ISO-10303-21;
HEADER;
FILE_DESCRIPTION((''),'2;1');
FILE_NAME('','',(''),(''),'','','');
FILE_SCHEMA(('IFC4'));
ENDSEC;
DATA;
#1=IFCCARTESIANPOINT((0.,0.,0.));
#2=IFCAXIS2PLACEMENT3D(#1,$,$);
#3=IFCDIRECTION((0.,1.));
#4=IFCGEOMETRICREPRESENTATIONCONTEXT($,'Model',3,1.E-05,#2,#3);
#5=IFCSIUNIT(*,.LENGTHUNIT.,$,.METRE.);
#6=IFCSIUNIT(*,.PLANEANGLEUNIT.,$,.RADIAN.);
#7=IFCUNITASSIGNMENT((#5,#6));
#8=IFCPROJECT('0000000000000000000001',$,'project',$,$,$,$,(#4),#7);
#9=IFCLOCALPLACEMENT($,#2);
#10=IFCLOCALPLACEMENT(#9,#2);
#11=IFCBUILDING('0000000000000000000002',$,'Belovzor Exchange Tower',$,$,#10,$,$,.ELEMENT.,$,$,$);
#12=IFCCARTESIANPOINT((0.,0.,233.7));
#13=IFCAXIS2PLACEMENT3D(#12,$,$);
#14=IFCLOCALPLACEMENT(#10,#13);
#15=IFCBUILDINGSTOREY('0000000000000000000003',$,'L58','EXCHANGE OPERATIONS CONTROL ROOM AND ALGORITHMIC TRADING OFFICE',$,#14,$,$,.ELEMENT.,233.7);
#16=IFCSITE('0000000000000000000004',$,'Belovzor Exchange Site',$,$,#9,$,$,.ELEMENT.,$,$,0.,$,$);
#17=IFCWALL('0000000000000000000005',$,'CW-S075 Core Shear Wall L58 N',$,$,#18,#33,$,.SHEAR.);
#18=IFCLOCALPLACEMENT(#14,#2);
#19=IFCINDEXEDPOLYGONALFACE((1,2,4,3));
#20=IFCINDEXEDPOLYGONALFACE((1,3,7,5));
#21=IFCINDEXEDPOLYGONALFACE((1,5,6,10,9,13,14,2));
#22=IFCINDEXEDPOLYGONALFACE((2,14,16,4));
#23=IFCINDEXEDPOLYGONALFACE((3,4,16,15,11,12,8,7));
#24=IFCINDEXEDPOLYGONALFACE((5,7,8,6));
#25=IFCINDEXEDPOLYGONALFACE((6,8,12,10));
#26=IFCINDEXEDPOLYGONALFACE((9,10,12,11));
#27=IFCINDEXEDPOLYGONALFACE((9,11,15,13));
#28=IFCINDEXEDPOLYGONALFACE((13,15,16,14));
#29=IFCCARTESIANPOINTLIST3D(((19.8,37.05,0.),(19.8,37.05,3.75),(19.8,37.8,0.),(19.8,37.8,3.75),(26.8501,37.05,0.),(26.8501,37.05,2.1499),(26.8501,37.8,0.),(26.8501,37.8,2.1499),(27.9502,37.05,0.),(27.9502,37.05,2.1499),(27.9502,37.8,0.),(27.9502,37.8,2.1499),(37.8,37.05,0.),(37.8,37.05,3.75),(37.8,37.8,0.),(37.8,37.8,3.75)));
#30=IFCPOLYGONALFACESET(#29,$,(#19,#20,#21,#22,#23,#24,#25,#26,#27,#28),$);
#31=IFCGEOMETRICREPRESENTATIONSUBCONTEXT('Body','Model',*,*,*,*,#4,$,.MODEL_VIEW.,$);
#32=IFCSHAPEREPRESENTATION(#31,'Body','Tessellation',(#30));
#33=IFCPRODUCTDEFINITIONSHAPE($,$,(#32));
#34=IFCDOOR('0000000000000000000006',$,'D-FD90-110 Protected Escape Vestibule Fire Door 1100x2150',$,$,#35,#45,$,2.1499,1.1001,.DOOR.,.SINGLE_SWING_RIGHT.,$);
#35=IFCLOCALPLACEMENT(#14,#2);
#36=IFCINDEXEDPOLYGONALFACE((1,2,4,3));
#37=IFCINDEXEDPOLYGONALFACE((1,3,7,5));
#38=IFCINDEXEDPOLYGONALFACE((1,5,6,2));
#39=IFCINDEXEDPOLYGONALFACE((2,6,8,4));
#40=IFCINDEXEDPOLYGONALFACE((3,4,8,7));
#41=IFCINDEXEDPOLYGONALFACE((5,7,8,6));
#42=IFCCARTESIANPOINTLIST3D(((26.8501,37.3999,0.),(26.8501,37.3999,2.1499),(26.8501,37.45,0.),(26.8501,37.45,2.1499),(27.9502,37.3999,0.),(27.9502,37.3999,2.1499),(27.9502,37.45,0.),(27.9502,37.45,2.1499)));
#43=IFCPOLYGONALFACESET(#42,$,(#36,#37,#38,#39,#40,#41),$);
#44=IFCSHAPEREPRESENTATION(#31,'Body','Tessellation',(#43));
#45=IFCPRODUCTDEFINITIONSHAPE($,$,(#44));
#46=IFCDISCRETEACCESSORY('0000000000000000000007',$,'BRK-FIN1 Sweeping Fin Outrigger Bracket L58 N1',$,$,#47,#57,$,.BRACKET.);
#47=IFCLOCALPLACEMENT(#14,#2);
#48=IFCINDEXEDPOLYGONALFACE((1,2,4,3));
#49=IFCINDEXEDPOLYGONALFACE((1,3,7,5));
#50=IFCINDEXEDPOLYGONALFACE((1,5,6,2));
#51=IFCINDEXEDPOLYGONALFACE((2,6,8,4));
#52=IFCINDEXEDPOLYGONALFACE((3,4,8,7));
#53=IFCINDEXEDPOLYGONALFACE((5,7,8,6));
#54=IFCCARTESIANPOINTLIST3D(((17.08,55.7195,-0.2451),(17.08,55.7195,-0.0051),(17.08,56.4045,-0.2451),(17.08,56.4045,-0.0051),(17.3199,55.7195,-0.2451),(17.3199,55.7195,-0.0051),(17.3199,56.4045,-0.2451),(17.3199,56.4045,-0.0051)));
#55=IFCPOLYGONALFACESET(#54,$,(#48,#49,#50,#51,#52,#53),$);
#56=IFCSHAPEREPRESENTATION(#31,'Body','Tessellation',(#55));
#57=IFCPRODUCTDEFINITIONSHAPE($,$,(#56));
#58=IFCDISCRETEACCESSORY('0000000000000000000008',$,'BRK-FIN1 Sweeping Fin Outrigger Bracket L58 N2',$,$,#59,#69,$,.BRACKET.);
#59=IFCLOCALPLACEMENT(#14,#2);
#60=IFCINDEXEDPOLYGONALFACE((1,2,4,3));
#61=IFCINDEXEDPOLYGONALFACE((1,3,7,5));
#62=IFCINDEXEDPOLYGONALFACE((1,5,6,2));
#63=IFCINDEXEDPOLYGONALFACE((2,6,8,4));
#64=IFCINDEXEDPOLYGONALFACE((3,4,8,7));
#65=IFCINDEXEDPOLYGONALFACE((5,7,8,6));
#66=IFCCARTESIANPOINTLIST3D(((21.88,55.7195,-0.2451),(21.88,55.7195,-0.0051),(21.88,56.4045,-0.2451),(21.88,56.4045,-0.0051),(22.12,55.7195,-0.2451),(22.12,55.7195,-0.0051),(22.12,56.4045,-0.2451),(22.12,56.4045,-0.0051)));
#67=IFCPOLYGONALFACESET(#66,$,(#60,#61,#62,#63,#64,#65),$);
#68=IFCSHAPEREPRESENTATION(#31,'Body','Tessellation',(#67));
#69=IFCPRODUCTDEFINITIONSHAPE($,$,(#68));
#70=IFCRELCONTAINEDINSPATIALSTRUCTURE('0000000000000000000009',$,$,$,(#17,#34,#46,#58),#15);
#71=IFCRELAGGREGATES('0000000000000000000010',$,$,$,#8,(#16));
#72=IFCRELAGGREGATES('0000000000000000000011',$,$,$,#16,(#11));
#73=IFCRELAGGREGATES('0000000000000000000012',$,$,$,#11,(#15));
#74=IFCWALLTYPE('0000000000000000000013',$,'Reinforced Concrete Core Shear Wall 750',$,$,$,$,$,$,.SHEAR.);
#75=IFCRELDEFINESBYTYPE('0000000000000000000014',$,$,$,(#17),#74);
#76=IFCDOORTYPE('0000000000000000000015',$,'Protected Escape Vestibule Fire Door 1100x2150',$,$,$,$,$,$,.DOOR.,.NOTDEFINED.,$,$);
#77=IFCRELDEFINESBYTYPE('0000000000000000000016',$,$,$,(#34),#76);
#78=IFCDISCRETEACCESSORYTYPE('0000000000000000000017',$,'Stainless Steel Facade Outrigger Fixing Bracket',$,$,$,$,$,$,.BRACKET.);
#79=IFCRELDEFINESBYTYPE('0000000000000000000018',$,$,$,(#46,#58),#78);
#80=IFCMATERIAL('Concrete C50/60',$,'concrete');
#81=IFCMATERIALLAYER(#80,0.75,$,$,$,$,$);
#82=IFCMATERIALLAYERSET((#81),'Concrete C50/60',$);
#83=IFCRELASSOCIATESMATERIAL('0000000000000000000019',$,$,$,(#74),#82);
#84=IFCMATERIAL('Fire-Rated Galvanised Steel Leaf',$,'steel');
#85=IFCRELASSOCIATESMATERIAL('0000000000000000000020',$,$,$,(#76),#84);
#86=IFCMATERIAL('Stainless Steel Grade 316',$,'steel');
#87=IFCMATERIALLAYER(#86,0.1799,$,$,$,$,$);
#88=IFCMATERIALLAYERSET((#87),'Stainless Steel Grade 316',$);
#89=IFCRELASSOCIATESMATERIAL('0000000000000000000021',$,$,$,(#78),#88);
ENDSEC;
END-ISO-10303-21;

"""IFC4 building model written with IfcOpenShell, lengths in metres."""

from ifc_helpers import new_model, si_unit, direction, frame, frame_2d, origin, origin_2d, place, context, subcontext, project, spatial, rectangle, extrude, material, layer, layer_set, type_object, element, fill, save


model = new_model("IFC4")

# Units and contexts
model_context = context("Model", 3, precision=1e-05, world=origin(), true_north=direction((0.0, 1.0)))
body_context = subcontext(model_context, "Body", "Model", "MODEL_VIEW")
ifc_project = project(units=[si_unit("LENGTHUNIT", "METRE"), si_unit("PLANEANGLEUNIT", "RADIAN")], contexts=[model_context])

# Site, building, storey
site_placement = place(None, origin())
site = spatial("IfcSite", under=ifc_project, at=site_placement, Name="Belovzor Exchange Site", CompositionType="ELEMENT", RefElevation=0.0)
building_placement = place(site_placement, origin())
building = spatial("IfcBuilding", under=site, at=building_placement, Name="Belovzor Exchange Tower", CompositionType="ELEMENT")
storey_placement = place(building_placement, frame((0.0, 0.0, 233.7)))
storey = spatial("IfcBuildingStorey", under=building, at=storey_placement, Name="L58", Description="EXCHANGE OPERATIONS CONTROL ROOM AND ALGORITHMIC TRADING OFFICE", CompositionType="ELEMENT", Elevation=233.7)

# Wall, opening, door
ifc_material_1 = material(Name="Concrete C50/60", Category="concrete")
ifc_layer_1 = layer(ifc_material_1, 0.75)
ifc_layer_set_1 = layer_set([ifc_layer_1], Name="Concrete C50/60")
wall_type_1 = type_object("IfcWallType", Name="Reinforced Concrete Core Shear Wall 750", PredefinedType="SHEAR", material=ifc_layer_set_1)
wall_1_placement = place(storey_placement, frame((19.8, 37.425, 0.0), z_axis=(0.0, 0.0, 1.0), x_axis=(1.0, 0.0, 0.0)))
wall_1 = element("IfcWall", 1, at=wall_1_placement, inside=storey, type_object=wall_type_1, Name="CW-S075 Core Shear Wall L58 N", PredefinedType="SHEAR", context=body_context, shape_type="SweptSolid", body=[
    extrude(rectangle(XDim=18.0, YDim=0.75, at=frame_2d((9.0, 0.0))), origin(), (0.0, 0.0, 1.0), 3.75),
])
opening_1_placement = place(wall_1_placement, frame((7.05, 0.0, 0.0)))
opening_1 = element("IfcOpeningElement", 2, at=opening_1_placement, cuts=wall_1, PredefinedType="OPENING", context=body_context, shape_type="SweptSolid", body=[
    extrude(rectangle(XDim=1.1001, YDim=2.1499, at=frame_2d((0.55, 1.075))), frame((0.0, 0.385, 0.0), z_axis=(0.0, -1.0, 0.0), x_axis=(1.0, 0.0, 0.0)), (0.0, 0.0, 1.0), 0.77),
])
ifc_material_2 = material(Name="Fire-Rated Galvanised Steel Leaf", Category="steel")
door_type_1 = type_object("IfcDoorType", Name="Protected Escape Vestibule Fire Door 1100x2150", OperationType="NOTDEFINED", PredefinedType="DOOR", material=ifc_material_2)
door_1_placement = place(opening_1_placement, origin())
door_1 = element("IfcDoor", 3, at=door_1_placement, inside=storey, type_object=door_type_1, Name="D-FD90-110 Protected Escape Vestibule Fire Door 1100x2150", OperationType="SINGLE_SWING_RIGHT", OverallHeight=2.1499, OverallWidth=1.1001, PredefinedType="DOOR", context=body_context, shape_type="SweptSolid", body=[
    extrude(rectangle(XDim=1.1001, YDim=2.1499, at=frame_2d((0.55, 1.075))), frame((0.0, 0.0249, 0.0), z_axis=(0.0, -1.0, 0.0), x_axis=(1.0, 0.0, 0.0)), (0.0, 0.0, 1.0), 0.05),
])
fill(opening_1, door_1)

# Discrete accessories
ifc_material_3 = material(Name="Stainless Steel Grade 316", Category="steel")
ifc_layer_2 = layer(ifc_material_3, 0.1799)
ifc_layer_set_2 = layer_set([ifc_layer_2], Name="Stainless Steel Grade 316")
discrete_accessory_type = type_object("IfcDiscreteAccessoryType", Name="Stainless Steel Facade Outrigger Fixing Bracket", PredefinedType="BRACKET", material=ifc_layer_set_2)
for number, where, z_axis, x_axis, name in (
    (4, (17.2, 56.062, -0.2451), (0.0, 0.0, 1.0), (0.0, 1.0, 0.0), "BRK-FIN1 Sweeping Fin Outrigger Bracket L58 N1"),
    (5, (22.0, 56.062, -0.2451), (0.0, 0.0, 1.0), (0.0, 1.0, 0.0), "BRK-FIN1 Sweeping Fin Outrigger Bracket L58 N2"),
):
    element("IfcDiscreteAccessory", number, at=place(storey_placement, frame(where, z_axis=z_axis, x_axis=x_axis)), inside=storey, type_object=discrete_accessory_type, Name=name, PredefinedType="BRACKET", context=body_context, shape_type="SweptSolid", body=[
        extrude(rectangle(XDim=0.6851, YDim=0.24, at=origin_2d()), origin(), (0.0, 0.0, 1.0), 0.24),
    ])

save(model, "model.ifc")
